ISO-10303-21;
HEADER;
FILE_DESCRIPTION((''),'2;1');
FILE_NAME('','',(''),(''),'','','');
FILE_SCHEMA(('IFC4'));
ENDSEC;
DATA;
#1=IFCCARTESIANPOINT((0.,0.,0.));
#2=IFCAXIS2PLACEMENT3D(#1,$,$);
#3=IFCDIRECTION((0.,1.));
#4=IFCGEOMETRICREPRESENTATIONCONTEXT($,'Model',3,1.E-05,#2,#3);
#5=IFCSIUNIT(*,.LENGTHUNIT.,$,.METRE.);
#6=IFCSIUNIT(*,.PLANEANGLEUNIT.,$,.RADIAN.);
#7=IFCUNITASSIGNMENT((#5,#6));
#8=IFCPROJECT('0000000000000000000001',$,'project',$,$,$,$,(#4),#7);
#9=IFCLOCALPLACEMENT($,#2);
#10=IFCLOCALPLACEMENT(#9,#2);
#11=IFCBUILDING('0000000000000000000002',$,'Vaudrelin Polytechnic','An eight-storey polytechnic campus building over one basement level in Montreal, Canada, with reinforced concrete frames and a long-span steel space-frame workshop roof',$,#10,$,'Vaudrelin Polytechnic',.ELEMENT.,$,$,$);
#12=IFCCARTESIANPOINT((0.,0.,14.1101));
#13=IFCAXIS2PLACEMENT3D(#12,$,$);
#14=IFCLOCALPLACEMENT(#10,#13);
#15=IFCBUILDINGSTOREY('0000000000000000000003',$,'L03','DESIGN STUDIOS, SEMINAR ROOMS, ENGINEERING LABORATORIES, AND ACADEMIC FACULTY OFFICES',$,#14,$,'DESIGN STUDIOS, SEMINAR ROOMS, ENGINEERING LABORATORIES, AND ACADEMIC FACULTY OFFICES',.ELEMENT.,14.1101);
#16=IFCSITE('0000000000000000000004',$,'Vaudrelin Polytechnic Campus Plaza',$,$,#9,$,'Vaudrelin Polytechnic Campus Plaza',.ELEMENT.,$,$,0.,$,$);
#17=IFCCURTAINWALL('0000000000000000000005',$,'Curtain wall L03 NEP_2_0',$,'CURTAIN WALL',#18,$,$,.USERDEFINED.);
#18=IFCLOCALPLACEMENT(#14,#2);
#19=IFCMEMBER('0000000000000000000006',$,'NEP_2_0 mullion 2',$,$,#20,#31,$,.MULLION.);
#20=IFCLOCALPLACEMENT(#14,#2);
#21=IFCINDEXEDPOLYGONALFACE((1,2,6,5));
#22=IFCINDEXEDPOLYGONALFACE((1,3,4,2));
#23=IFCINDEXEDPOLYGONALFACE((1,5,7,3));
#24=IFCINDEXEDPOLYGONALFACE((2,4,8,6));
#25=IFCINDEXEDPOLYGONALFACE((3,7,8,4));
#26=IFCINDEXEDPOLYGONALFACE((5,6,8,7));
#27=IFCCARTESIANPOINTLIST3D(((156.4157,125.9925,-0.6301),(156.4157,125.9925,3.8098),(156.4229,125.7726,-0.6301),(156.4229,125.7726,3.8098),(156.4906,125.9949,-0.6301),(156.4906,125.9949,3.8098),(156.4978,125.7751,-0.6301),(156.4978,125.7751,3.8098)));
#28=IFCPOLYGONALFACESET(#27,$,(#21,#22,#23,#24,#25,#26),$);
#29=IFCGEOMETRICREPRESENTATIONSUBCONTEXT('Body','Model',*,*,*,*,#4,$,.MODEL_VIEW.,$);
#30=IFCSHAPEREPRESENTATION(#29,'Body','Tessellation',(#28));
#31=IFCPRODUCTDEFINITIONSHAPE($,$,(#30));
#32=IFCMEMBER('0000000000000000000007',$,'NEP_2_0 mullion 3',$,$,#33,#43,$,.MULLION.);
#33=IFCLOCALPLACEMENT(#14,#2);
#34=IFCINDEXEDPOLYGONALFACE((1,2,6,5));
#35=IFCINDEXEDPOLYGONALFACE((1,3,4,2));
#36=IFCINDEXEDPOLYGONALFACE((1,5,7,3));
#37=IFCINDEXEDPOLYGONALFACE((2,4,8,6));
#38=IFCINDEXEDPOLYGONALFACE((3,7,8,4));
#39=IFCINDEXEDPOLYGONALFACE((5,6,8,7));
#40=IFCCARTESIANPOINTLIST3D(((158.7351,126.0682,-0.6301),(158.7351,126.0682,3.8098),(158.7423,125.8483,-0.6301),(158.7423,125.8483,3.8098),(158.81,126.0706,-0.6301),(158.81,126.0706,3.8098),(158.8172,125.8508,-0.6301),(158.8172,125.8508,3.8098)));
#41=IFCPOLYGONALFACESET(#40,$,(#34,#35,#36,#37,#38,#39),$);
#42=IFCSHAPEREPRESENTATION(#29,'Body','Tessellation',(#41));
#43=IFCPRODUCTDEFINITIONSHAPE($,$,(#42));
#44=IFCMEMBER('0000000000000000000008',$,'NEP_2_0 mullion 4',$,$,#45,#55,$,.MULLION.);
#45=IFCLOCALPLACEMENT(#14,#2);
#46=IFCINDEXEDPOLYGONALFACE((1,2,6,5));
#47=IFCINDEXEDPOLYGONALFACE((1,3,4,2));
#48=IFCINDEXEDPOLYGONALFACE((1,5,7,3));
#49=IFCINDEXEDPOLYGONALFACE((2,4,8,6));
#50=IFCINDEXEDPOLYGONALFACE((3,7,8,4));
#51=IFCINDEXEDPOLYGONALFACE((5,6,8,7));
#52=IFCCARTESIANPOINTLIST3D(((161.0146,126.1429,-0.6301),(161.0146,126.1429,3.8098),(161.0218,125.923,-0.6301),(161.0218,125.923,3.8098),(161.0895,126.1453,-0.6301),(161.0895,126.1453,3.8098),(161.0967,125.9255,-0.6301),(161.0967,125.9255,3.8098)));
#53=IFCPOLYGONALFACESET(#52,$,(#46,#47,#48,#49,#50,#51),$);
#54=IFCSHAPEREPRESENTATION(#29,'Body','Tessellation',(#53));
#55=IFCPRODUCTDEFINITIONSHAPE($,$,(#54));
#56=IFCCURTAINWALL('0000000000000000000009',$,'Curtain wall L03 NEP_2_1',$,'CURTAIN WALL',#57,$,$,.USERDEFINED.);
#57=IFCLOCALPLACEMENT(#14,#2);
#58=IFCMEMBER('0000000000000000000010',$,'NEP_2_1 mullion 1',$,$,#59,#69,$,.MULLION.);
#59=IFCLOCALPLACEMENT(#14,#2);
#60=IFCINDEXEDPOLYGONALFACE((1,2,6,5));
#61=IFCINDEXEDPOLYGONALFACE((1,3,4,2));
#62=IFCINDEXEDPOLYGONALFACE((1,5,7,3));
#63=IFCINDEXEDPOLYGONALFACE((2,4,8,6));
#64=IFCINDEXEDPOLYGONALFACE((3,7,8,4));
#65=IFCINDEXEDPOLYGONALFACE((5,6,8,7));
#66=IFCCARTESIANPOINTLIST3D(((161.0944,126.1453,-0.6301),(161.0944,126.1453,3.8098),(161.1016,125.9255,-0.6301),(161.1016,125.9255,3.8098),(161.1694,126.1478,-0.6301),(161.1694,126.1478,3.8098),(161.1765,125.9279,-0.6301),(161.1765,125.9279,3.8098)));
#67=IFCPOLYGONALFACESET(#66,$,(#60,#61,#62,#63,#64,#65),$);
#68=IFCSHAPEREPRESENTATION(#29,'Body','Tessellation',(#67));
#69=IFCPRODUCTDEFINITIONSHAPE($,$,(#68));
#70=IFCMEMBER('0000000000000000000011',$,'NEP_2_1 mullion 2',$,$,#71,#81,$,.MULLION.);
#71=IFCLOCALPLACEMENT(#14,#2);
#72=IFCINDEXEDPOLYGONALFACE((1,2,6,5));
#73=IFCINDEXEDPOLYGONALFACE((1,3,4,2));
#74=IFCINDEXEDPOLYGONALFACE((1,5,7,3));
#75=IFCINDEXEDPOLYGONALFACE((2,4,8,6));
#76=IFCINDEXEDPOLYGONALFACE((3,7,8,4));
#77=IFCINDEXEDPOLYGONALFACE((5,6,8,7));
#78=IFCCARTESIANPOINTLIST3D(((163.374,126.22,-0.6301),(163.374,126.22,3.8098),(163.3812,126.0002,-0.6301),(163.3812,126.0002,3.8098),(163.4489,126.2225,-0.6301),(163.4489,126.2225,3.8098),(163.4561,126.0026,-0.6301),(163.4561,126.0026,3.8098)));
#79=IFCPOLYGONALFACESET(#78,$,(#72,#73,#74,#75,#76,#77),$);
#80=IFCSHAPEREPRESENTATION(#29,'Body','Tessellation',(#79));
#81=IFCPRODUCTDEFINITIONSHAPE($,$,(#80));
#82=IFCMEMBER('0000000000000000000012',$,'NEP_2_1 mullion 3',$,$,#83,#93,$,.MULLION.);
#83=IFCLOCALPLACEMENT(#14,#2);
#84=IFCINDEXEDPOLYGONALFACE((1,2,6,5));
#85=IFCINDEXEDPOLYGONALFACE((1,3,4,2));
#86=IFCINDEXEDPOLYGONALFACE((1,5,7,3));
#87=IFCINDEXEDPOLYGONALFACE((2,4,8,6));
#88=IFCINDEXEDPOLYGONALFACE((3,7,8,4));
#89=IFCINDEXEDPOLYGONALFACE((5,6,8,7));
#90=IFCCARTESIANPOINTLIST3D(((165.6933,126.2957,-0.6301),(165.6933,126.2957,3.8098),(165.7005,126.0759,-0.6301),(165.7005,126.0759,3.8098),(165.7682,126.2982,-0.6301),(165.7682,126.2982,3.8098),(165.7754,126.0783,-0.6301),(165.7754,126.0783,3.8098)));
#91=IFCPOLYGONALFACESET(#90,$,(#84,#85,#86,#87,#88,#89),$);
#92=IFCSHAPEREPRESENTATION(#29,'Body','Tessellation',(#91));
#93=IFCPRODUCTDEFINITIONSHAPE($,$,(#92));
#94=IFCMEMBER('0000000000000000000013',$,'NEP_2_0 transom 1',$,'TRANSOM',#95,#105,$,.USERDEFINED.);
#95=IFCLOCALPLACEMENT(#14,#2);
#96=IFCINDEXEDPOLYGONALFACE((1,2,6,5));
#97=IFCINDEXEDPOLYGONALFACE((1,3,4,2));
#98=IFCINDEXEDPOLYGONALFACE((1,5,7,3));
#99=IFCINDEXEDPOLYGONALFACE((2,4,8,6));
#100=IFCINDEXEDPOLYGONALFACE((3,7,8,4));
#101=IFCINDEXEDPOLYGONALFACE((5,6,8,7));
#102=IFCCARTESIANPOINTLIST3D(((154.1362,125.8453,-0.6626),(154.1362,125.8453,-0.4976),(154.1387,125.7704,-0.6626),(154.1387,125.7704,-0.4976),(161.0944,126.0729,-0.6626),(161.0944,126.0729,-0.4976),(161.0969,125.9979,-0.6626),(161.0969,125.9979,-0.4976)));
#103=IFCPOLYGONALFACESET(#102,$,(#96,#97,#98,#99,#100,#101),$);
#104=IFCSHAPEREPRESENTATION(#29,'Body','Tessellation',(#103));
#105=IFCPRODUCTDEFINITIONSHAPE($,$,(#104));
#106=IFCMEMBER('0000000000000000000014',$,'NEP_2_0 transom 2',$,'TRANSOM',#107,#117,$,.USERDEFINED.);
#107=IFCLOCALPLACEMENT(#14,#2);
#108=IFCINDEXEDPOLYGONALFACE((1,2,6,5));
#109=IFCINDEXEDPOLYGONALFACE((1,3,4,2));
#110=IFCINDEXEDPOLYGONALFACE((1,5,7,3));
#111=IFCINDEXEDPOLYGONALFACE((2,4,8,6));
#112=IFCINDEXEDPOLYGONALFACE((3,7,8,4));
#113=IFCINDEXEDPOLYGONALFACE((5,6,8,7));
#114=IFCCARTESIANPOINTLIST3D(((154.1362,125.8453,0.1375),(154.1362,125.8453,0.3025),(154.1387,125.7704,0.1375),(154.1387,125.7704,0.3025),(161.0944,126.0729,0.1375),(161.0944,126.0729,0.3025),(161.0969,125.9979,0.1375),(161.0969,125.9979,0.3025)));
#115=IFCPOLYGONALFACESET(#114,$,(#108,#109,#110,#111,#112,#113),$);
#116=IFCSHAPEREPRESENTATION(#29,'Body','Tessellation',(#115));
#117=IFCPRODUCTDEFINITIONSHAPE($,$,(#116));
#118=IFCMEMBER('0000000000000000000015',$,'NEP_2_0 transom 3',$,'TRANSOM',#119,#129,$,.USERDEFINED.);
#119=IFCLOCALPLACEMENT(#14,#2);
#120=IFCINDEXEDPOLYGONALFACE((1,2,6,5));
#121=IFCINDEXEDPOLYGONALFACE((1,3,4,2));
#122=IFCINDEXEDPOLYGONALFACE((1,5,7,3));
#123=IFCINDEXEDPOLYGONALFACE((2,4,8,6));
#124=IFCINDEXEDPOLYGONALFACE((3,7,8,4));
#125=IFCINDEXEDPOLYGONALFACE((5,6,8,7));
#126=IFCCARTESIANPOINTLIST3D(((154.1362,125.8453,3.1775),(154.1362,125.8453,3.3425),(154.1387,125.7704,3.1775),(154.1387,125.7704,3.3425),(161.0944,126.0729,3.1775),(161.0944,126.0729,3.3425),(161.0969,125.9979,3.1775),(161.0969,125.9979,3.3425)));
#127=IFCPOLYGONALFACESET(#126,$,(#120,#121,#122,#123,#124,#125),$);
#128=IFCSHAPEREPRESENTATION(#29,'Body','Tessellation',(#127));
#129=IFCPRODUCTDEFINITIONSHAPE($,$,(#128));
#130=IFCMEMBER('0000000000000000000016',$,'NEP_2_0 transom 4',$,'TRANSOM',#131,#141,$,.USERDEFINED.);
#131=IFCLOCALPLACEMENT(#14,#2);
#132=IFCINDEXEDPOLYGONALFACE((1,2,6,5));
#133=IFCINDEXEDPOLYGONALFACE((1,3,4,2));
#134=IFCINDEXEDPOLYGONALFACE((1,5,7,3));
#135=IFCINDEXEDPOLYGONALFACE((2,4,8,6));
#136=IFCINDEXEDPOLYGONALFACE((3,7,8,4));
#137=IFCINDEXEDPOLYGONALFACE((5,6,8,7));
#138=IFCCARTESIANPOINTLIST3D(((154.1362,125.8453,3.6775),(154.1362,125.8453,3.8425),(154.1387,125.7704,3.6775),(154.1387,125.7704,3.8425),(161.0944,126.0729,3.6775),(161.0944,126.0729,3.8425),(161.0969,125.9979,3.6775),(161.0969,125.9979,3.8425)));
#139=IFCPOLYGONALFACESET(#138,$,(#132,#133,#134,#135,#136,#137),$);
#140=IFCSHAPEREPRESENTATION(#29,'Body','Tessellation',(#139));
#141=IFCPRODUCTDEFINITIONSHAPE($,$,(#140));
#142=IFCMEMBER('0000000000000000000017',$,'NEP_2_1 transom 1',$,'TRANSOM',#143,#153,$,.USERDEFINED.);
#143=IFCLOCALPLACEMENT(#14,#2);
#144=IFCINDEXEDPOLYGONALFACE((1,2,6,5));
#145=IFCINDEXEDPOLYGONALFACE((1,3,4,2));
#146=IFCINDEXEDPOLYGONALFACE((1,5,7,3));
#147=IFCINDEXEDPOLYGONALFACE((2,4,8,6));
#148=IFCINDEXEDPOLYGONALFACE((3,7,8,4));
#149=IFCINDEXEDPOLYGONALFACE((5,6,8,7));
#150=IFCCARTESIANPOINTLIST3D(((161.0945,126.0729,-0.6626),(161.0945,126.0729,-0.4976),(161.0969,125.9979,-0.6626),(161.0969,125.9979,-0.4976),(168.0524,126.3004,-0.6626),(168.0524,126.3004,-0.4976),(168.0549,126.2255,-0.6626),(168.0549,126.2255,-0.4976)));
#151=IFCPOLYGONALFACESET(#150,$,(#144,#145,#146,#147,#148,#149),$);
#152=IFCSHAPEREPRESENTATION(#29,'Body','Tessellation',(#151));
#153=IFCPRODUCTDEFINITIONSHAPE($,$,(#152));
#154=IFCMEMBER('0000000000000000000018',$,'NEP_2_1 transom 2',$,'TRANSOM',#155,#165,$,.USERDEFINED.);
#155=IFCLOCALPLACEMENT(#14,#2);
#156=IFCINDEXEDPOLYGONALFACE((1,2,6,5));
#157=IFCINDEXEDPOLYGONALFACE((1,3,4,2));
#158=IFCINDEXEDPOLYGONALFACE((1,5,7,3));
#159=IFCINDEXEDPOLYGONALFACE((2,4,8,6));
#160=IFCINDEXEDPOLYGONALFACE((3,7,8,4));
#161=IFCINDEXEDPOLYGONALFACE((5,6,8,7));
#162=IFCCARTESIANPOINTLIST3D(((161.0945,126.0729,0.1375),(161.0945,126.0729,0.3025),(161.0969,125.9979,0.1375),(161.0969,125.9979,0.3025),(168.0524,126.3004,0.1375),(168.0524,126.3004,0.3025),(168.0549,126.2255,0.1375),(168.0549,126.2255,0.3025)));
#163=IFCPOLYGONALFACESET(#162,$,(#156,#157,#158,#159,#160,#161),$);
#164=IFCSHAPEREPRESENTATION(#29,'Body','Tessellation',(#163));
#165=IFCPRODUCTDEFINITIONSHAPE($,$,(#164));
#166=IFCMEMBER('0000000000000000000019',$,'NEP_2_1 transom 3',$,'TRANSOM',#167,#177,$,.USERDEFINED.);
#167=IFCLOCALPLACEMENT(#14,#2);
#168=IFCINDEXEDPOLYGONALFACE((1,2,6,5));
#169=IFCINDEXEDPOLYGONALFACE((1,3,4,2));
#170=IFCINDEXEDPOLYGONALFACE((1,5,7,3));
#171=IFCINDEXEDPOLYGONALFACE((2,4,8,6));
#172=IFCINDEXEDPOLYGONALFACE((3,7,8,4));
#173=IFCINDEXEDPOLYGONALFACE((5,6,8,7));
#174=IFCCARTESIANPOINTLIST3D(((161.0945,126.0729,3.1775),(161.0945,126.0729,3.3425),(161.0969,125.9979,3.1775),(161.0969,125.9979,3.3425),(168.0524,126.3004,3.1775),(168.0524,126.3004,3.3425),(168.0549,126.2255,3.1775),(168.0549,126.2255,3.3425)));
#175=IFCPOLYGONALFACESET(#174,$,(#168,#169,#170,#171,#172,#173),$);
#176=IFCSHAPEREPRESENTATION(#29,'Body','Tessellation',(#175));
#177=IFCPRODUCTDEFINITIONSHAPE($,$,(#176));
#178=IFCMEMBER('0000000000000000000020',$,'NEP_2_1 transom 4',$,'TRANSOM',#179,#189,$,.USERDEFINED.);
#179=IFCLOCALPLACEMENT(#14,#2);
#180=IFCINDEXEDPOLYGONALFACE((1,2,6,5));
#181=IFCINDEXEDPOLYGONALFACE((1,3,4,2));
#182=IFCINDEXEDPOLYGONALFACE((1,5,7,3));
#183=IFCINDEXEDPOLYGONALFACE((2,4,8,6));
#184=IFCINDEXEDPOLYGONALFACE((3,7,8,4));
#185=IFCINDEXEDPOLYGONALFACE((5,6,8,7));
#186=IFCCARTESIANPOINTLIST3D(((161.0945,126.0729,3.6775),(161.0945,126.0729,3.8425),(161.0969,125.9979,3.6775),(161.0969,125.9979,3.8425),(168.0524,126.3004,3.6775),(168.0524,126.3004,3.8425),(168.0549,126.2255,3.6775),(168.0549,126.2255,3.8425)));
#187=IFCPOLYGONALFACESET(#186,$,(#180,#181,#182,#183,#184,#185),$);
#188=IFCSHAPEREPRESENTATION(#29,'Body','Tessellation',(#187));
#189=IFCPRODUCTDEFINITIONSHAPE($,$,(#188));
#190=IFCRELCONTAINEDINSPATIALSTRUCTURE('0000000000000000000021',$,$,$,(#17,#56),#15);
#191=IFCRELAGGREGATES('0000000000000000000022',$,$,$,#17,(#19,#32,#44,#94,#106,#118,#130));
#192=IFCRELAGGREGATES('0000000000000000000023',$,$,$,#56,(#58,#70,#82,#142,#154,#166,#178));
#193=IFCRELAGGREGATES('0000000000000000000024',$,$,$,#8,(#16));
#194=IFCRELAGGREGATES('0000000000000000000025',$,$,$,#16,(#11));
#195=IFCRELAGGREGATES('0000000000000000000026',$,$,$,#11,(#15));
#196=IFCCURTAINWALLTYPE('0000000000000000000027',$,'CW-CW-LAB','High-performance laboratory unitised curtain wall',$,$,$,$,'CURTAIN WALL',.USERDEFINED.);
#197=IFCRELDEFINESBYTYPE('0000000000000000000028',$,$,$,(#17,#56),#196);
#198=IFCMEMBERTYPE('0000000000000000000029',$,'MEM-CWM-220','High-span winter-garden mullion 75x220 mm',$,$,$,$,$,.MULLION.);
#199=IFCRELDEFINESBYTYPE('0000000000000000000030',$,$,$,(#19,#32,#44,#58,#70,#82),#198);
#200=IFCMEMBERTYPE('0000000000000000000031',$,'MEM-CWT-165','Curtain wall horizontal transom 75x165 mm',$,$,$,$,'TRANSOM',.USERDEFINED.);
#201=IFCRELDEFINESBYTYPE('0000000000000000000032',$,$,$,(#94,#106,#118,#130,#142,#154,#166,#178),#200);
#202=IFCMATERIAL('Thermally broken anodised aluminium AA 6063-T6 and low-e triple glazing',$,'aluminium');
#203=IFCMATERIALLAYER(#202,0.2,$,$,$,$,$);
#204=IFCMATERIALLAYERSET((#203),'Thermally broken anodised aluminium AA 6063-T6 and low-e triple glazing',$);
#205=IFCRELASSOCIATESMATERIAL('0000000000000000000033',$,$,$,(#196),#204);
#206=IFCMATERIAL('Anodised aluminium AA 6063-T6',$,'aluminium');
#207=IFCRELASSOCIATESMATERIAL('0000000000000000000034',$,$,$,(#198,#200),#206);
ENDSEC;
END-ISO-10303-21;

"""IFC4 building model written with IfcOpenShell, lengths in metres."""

from ifc_helpers import new_model, si_unit, direction, frame, origin, origin_2d, place, context, subcontext, project, spatial, rectangle, extrude, material, layer, layer_set, material_profile, profile_set, type_object, element, aggregate, save


model = new_model("IFC4")

# Units and contexts
model_context = context("Model", 3, precision=1e-05, world=origin(), true_north=direction((0.0, 1.0)))
body_context = subcontext(model_context, "Body", "Model", "MODEL_VIEW")
ifc_project = project(units=[si_unit("LENGTHUNIT", "METRE"), si_unit("PLANEANGLEUNIT", "RADIAN")], contexts=[model_context])

# Site, building, storey
site_placement = place(None, origin())
site = spatial("IfcSite", under=ifc_project, at=site_placement, Name="Vaudrelin Polytechnic Campus Plaza", LongName="Vaudrelin Polytechnic Campus Plaza", CompositionType="ELEMENT", RefElevation=0.0)
building_placement = place(site_placement, origin())
building = spatial("IfcBuilding", under=site, at=building_placement, Name="Vaudrelin Polytechnic", Description="An eight-storey polytechnic campus building over one basement level in Montreal, Canada, with reinforced concrete frames and a long-span steel space-frame workshop roof", LongName="Vaudrelin Polytechnic", CompositionType="ELEMENT")
storey_placement = place(building_placement, frame((0.0, 0.0, 14.1101)))
storey = spatial("IfcBuildingStorey", under=building, at=storey_placement, Name="L03", Description="DESIGN STUDIOS, SEMINAR ROOMS, ENGINEERING LABORATORIES, AND ACADEMIC FACULTY OFFICES", LongName="DESIGN STUDIOS, SEMINAR ROOMS, ENGINEERING LABORATORIES, AND ACADEMIC FACULTY OFFICES", CompositionType="ELEMENT", Elevation=14.1101)

# Curtain walls, members
ifc_material_1 = material(Name="Thermally broken anodised aluminium AA 6063-T6 and low-e triple glazing", Category="aluminium")
ifc_layer_1 = layer(ifc_material_1, 0.2)
ifc_layer_set_1 = layer_set([ifc_layer_1], Name="Thermally broken anodised aluminium AA 6063-T6 and low-e triple glazing")
curtain_wall_type = type_object("IfcCurtainWallType", Name="CW-CW-LAB", Description="High-performance laboratory unitised curtain wall", ElementType="CURTAIN WALL", PredefinedType="USERDEFINED", material=ifc_layer_set_1)
curtain_wall_1_placement = place(storey_placement, origin())
curtain_wall_1 = element("IfcCurtainWall", 1, at=curtain_wall_1_placement, inside=storey, type_object=curtain_wall_type, Name="Curtain wall L03 NEP_2_0", ObjectType="CURTAIN WALL", PredefinedType="USERDEFINED")
ifc_material_2 = material(Name="Anodised aluminium AA 6063-T6", Category="aluminium")
ifc_material_profile_1 = material_profile(ifc_material_2, rectangle(XDim=0.075, YDim=0.22, at=origin_2d()), Name="CWM-75x220")
ifc_profile_set_1 = profile_set([ifc_material_profile_1], Name="Anodised aluminium AA 6063-T6")
member_type_1 = type_object("IfcMemberType", Name="MEM-CWM-220", Description="High-span winter-garden mullion 75x220 mm", PredefinedType="MULLION", material=ifc_profile_set_1)
member_1_placement = place(storey_placement, frame((156.4568, 125.8838, -0.6301), z_axis=(0.0, 0.0, 1.0), x_axis=(0.999465, 0.032693, 0.0)))
member_1 = element("IfcMember", 2, at=member_1_placement, type_object=member_type_1, Name="NEP_2_0 mullion 2", PredefinedType="MULLION", context=body_context, shape_type="SweptSolid", body=[
    extrude(rectangle(XDim=0.075, YDim=0.22, at=origin_2d()), origin(), (0.0, 0.0, 1.0), 4.4399),
])
member_2_placement = place(storey_placement, frame((158.7761, 125.9595, -0.6301), z_axis=(0.0, 0.0, 1.0), x_axis=(0.999465, 0.032693, 0.0)))
member_2 = element("IfcMember", 3, at=member_2_placement, type_object=member_type_1, Name="NEP_2_0 mullion 3", PredefinedType="MULLION", context=body_context, shape_type="SweptSolid", body=[
    extrude(rectangle(XDim=0.075, YDim=0.22, at=origin_2d()), origin(), (0.0, 0.0, 1.0), 4.4399),
])
member_3_placement = place(storey_placement, frame((161.0557, 126.0342, -0.6301), z_axis=(0.0, 0.0, 1.0), x_axis=(0.999465, 0.032693, 0.0)))
member_3 = element("IfcMember", 4, at=member_3_placement, type_object=member_type_1, Name="NEP_2_0 mullion 4", PredefinedType="MULLION", context=body_context, shape_type="SweptSolid", body=[
    extrude(rectangle(XDim=0.075, YDim=0.22, at=origin_2d()), origin(), (0.0, 0.0, 1.0), 4.4399),
])
curtain_wall_2_placement = place(storey_placement, origin())
curtain_wall_2 = element("IfcCurtainWall", 5, at=curtain_wall_2_placement, inside=storey, type_object=curtain_wall_type, Name="Curtain wall L03 NEP_2_1", ObjectType="CURTAIN WALL", PredefinedType="USERDEFINED")
member_4_placement = place(storey_placement, frame((161.1355, 126.0366, -0.6301), z_axis=(0.0, 0.0, 1.0), x_axis=(0.999465, 0.032693, 0.0)))
member_4 = element("IfcMember", 6, at=member_4_placement, type_object=member_type_1, Name="NEP_2_1 mullion 1", PredefinedType="MULLION", context=body_context, shape_type="SweptSolid", body=[
    extrude(rectangle(XDim=0.075, YDim=0.22, at=origin_2d()), origin(), (0.0, 0.0, 1.0), 4.4399),
])
member_5_placement = place(storey_placement, frame((163.415, 126.1113, -0.6301), z_axis=(0.0, 0.0, 1.0), x_axis=(0.999465, 0.032693, 0.0)))
member_5 = element("IfcMember", 7, at=member_5_placement, type_object=member_type_1, Name="NEP_2_1 mullion 2", PredefinedType="MULLION", context=body_context, shape_type="SweptSolid", body=[
    extrude(rectangle(XDim=0.075, YDim=0.22, at=origin_2d()), origin(), (0.0, 0.0, 1.0), 4.4399),
])
member_6_placement = place(storey_placement, frame((165.7344, 126.187, -0.6301), z_axis=(0.0, 0.0, 1.0), x_axis=(0.999465, 0.032693, 0.0)))
member_6 = element("IfcMember", 8, at=member_6_placement, type_object=member_type_1, Name="NEP_2_1 mullion 3", PredefinedType="MULLION", context=body_context, shape_type="SweptSolid", body=[
    extrude(rectangle(XDim=0.075, YDim=0.22, at=origin_2d()), origin(), (0.0, 0.0, 1.0), 4.4399),
])

# Members
ifc_material_profile_2 = material_profile(ifc_material_2, rectangle(XDim=0.075, YDim=0.165, at=origin_2d()), Name="CWT-75x165")
ifc_profile_set_2 = profile_set([ifc_material_profile_2], Name="Anodised aluminium AA 6063-T6")
member_type_2 = type_object("IfcMemberType", Name="MEM-CWT-165", Description="Curtain wall horizontal transom 75x165 mm", ElementType="TRANSOM", PredefinedType="USERDEFINED", material=ifc_profile_set_2)
member_7_placement = place(storey_placement, frame((154.1375, 125.8079, -0.5801), z_axis=(0.999466, 0.032683, 0.0), x_axis=(-0.032683, 0.999466, 0.0)))
member_7 = element("IfcMember", 9, at=member_7_placement, type_object=member_type_2, Name="NEP_2_0 transom 1", ObjectType="TRANSOM", PredefinedType="USERDEFINED", context=body_context, shape_type="SweptSolid", body=[
    extrude(rectangle(XDim=0.075, YDim=0.165, at=origin_2d()), origin(), (0.0, 0.0, 1.0), 6.9619),
])
member_8_placement = place(storey_placement, frame((154.1375, 125.8079, 0.22), z_axis=(0.999466, 0.032683, 0.0), x_axis=(-0.032683, 0.999466, 0.0)))
member_8 = element("IfcMember", 10, at=member_8_placement, type_object=member_type_2, Name="NEP_2_0 transom 2", ObjectType="TRANSOM", PredefinedType="USERDEFINED", context=body_context, shape_type="SweptSolid", body=[
    extrude(rectangle(XDim=0.075, YDim=0.165, at=origin_2d()), origin(), (0.0, 0.0, 1.0), 6.9619),
])
member_9_placement = place(storey_placement, frame((154.1375, 125.8079, 3.26), z_axis=(0.999466, 0.032683, 0.0), x_axis=(-0.032683, 0.999466, 0.0)))
member_9 = element("IfcMember", 11, at=member_9_placement, type_object=member_type_2, Name="NEP_2_0 transom 3", ObjectType="TRANSOM", PredefinedType="USERDEFINED", context=body_context, shape_type="SweptSolid", body=[
    extrude(rectangle(XDim=0.075, YDim=0.165, at=origin_2d()), origin(), (0.0, 0.0, 1.0), 6.9619),
])
member_10_placement = place(storey_placement, frame((154.1375, 125.8079, 3.76), z_axis=(0.999466, 0.032683, 0.0), x_axis=(-0.032683, 0.999466, 0.0)))
member_10 = element("IfcMember", 12, at=member_10_placement, type_object=member_type_2, Name="NEP_2_0 transom 4", ObjectType="TRANSOM", PredefinedType="USERDEFINED", context=body_context, shape_type="SweptSolid", body=[
    extrude(rectangle(XDim=0.075, YDim=0.165, at=origin_2d()), origin(), (0.0, 0.0, 1.0), 6.9619),
])
member_11_placement = place(storey_placement, frame((161.0957, 126.0354, -0.5801), z_axis=(0.999466, 0.032684, 0.0), x_axis=(-0.032684, 0.999466, 0.0)))
member_11 = element("IfcMember", 13, at=member_11_placement, type_object=member_type_2, Name="NEP_2_1 transom 1", ObjectType="TRANSOM", PredefinedType="USERDEFINED", context=body_context, shape_type="SweptSolid", body=[
    extrude(rectangle(XDim=0.075, YDim=0.165, at=origin_2d()), origin(), (0.0, 0.0, 1.0), 6.9617),
])
member_12_placement = place(storey_placement, frame((161.0957, 126.0354, 0.22), z_axis=(0.999466, 0.032684, 0.0), x_axis=(-0.032684, 0.999466, 0.0)))
member_12 = element("IfcMember", 14, at=member_12_placement, type_object=member_type_2, Name="NEP_2_1 transom 2", ObjectType="TRANSOM", PredefinedType="USERDEFINED", context=body_context, shape_type="SweptSolid", body=[
    extrude(rectangle(XDim=0.075, YDim=0.165, at=origin_2d()), origin(), (0.0, 0.0, 1.0), 6.9617),
])
member_13_placement = place(storey_placement, frame((161.0957, 126.0354, 3.26), z_axis=(0.999466, 0.032684, 0.0), x_axis=(-0.032684, 0.999466, 0.0)))
member_13 = element("IfcMember", 15, at=member_13_placement, type_object=member_type_2, Name="NEP_2_1 transom 3", ObjectType="TRANSOM", PredefinedType="USERDEFINED", context=body_context, shape_type="SweptSolid", body=[
    extrude(rectangle(XDim=0.075, YDim=0.165, at=origin_2d()), origin(), (0.0, 0.0, 1.0), 6.9617),
])
member_14_placement = place(storey_placement, frame((161.0957, 126.0354, 3.76), z_axis=(0.999466, 0.032684, 0.0), x_axis=(-0.032684, 0.999466, 0.0)))
member_14 = element("IfcMember", 16, at=member_14_placement, type_object=member_type_2, Name="NEP_2_1 transom 4", ObjectType="TRANSOM", PredefinedType="USERDEFINED", context=body_context, shape_type="SweptSolid", body=[
    extrude(rectangle(XDim=0.075, YDim=0.165, at=origin_2d()), origin(), (0.0, 0.0, 1.0), 6.9617),
])

aggregate(curtain_wall_1, [member_1, member_2, member_3, member_7, member_8, member_9, member_10])
aggregate(curtain_wall_2, [member_4, member_5, member_6, member_11, member_12, member_13, member_14])

save(model, "model.ifc")
